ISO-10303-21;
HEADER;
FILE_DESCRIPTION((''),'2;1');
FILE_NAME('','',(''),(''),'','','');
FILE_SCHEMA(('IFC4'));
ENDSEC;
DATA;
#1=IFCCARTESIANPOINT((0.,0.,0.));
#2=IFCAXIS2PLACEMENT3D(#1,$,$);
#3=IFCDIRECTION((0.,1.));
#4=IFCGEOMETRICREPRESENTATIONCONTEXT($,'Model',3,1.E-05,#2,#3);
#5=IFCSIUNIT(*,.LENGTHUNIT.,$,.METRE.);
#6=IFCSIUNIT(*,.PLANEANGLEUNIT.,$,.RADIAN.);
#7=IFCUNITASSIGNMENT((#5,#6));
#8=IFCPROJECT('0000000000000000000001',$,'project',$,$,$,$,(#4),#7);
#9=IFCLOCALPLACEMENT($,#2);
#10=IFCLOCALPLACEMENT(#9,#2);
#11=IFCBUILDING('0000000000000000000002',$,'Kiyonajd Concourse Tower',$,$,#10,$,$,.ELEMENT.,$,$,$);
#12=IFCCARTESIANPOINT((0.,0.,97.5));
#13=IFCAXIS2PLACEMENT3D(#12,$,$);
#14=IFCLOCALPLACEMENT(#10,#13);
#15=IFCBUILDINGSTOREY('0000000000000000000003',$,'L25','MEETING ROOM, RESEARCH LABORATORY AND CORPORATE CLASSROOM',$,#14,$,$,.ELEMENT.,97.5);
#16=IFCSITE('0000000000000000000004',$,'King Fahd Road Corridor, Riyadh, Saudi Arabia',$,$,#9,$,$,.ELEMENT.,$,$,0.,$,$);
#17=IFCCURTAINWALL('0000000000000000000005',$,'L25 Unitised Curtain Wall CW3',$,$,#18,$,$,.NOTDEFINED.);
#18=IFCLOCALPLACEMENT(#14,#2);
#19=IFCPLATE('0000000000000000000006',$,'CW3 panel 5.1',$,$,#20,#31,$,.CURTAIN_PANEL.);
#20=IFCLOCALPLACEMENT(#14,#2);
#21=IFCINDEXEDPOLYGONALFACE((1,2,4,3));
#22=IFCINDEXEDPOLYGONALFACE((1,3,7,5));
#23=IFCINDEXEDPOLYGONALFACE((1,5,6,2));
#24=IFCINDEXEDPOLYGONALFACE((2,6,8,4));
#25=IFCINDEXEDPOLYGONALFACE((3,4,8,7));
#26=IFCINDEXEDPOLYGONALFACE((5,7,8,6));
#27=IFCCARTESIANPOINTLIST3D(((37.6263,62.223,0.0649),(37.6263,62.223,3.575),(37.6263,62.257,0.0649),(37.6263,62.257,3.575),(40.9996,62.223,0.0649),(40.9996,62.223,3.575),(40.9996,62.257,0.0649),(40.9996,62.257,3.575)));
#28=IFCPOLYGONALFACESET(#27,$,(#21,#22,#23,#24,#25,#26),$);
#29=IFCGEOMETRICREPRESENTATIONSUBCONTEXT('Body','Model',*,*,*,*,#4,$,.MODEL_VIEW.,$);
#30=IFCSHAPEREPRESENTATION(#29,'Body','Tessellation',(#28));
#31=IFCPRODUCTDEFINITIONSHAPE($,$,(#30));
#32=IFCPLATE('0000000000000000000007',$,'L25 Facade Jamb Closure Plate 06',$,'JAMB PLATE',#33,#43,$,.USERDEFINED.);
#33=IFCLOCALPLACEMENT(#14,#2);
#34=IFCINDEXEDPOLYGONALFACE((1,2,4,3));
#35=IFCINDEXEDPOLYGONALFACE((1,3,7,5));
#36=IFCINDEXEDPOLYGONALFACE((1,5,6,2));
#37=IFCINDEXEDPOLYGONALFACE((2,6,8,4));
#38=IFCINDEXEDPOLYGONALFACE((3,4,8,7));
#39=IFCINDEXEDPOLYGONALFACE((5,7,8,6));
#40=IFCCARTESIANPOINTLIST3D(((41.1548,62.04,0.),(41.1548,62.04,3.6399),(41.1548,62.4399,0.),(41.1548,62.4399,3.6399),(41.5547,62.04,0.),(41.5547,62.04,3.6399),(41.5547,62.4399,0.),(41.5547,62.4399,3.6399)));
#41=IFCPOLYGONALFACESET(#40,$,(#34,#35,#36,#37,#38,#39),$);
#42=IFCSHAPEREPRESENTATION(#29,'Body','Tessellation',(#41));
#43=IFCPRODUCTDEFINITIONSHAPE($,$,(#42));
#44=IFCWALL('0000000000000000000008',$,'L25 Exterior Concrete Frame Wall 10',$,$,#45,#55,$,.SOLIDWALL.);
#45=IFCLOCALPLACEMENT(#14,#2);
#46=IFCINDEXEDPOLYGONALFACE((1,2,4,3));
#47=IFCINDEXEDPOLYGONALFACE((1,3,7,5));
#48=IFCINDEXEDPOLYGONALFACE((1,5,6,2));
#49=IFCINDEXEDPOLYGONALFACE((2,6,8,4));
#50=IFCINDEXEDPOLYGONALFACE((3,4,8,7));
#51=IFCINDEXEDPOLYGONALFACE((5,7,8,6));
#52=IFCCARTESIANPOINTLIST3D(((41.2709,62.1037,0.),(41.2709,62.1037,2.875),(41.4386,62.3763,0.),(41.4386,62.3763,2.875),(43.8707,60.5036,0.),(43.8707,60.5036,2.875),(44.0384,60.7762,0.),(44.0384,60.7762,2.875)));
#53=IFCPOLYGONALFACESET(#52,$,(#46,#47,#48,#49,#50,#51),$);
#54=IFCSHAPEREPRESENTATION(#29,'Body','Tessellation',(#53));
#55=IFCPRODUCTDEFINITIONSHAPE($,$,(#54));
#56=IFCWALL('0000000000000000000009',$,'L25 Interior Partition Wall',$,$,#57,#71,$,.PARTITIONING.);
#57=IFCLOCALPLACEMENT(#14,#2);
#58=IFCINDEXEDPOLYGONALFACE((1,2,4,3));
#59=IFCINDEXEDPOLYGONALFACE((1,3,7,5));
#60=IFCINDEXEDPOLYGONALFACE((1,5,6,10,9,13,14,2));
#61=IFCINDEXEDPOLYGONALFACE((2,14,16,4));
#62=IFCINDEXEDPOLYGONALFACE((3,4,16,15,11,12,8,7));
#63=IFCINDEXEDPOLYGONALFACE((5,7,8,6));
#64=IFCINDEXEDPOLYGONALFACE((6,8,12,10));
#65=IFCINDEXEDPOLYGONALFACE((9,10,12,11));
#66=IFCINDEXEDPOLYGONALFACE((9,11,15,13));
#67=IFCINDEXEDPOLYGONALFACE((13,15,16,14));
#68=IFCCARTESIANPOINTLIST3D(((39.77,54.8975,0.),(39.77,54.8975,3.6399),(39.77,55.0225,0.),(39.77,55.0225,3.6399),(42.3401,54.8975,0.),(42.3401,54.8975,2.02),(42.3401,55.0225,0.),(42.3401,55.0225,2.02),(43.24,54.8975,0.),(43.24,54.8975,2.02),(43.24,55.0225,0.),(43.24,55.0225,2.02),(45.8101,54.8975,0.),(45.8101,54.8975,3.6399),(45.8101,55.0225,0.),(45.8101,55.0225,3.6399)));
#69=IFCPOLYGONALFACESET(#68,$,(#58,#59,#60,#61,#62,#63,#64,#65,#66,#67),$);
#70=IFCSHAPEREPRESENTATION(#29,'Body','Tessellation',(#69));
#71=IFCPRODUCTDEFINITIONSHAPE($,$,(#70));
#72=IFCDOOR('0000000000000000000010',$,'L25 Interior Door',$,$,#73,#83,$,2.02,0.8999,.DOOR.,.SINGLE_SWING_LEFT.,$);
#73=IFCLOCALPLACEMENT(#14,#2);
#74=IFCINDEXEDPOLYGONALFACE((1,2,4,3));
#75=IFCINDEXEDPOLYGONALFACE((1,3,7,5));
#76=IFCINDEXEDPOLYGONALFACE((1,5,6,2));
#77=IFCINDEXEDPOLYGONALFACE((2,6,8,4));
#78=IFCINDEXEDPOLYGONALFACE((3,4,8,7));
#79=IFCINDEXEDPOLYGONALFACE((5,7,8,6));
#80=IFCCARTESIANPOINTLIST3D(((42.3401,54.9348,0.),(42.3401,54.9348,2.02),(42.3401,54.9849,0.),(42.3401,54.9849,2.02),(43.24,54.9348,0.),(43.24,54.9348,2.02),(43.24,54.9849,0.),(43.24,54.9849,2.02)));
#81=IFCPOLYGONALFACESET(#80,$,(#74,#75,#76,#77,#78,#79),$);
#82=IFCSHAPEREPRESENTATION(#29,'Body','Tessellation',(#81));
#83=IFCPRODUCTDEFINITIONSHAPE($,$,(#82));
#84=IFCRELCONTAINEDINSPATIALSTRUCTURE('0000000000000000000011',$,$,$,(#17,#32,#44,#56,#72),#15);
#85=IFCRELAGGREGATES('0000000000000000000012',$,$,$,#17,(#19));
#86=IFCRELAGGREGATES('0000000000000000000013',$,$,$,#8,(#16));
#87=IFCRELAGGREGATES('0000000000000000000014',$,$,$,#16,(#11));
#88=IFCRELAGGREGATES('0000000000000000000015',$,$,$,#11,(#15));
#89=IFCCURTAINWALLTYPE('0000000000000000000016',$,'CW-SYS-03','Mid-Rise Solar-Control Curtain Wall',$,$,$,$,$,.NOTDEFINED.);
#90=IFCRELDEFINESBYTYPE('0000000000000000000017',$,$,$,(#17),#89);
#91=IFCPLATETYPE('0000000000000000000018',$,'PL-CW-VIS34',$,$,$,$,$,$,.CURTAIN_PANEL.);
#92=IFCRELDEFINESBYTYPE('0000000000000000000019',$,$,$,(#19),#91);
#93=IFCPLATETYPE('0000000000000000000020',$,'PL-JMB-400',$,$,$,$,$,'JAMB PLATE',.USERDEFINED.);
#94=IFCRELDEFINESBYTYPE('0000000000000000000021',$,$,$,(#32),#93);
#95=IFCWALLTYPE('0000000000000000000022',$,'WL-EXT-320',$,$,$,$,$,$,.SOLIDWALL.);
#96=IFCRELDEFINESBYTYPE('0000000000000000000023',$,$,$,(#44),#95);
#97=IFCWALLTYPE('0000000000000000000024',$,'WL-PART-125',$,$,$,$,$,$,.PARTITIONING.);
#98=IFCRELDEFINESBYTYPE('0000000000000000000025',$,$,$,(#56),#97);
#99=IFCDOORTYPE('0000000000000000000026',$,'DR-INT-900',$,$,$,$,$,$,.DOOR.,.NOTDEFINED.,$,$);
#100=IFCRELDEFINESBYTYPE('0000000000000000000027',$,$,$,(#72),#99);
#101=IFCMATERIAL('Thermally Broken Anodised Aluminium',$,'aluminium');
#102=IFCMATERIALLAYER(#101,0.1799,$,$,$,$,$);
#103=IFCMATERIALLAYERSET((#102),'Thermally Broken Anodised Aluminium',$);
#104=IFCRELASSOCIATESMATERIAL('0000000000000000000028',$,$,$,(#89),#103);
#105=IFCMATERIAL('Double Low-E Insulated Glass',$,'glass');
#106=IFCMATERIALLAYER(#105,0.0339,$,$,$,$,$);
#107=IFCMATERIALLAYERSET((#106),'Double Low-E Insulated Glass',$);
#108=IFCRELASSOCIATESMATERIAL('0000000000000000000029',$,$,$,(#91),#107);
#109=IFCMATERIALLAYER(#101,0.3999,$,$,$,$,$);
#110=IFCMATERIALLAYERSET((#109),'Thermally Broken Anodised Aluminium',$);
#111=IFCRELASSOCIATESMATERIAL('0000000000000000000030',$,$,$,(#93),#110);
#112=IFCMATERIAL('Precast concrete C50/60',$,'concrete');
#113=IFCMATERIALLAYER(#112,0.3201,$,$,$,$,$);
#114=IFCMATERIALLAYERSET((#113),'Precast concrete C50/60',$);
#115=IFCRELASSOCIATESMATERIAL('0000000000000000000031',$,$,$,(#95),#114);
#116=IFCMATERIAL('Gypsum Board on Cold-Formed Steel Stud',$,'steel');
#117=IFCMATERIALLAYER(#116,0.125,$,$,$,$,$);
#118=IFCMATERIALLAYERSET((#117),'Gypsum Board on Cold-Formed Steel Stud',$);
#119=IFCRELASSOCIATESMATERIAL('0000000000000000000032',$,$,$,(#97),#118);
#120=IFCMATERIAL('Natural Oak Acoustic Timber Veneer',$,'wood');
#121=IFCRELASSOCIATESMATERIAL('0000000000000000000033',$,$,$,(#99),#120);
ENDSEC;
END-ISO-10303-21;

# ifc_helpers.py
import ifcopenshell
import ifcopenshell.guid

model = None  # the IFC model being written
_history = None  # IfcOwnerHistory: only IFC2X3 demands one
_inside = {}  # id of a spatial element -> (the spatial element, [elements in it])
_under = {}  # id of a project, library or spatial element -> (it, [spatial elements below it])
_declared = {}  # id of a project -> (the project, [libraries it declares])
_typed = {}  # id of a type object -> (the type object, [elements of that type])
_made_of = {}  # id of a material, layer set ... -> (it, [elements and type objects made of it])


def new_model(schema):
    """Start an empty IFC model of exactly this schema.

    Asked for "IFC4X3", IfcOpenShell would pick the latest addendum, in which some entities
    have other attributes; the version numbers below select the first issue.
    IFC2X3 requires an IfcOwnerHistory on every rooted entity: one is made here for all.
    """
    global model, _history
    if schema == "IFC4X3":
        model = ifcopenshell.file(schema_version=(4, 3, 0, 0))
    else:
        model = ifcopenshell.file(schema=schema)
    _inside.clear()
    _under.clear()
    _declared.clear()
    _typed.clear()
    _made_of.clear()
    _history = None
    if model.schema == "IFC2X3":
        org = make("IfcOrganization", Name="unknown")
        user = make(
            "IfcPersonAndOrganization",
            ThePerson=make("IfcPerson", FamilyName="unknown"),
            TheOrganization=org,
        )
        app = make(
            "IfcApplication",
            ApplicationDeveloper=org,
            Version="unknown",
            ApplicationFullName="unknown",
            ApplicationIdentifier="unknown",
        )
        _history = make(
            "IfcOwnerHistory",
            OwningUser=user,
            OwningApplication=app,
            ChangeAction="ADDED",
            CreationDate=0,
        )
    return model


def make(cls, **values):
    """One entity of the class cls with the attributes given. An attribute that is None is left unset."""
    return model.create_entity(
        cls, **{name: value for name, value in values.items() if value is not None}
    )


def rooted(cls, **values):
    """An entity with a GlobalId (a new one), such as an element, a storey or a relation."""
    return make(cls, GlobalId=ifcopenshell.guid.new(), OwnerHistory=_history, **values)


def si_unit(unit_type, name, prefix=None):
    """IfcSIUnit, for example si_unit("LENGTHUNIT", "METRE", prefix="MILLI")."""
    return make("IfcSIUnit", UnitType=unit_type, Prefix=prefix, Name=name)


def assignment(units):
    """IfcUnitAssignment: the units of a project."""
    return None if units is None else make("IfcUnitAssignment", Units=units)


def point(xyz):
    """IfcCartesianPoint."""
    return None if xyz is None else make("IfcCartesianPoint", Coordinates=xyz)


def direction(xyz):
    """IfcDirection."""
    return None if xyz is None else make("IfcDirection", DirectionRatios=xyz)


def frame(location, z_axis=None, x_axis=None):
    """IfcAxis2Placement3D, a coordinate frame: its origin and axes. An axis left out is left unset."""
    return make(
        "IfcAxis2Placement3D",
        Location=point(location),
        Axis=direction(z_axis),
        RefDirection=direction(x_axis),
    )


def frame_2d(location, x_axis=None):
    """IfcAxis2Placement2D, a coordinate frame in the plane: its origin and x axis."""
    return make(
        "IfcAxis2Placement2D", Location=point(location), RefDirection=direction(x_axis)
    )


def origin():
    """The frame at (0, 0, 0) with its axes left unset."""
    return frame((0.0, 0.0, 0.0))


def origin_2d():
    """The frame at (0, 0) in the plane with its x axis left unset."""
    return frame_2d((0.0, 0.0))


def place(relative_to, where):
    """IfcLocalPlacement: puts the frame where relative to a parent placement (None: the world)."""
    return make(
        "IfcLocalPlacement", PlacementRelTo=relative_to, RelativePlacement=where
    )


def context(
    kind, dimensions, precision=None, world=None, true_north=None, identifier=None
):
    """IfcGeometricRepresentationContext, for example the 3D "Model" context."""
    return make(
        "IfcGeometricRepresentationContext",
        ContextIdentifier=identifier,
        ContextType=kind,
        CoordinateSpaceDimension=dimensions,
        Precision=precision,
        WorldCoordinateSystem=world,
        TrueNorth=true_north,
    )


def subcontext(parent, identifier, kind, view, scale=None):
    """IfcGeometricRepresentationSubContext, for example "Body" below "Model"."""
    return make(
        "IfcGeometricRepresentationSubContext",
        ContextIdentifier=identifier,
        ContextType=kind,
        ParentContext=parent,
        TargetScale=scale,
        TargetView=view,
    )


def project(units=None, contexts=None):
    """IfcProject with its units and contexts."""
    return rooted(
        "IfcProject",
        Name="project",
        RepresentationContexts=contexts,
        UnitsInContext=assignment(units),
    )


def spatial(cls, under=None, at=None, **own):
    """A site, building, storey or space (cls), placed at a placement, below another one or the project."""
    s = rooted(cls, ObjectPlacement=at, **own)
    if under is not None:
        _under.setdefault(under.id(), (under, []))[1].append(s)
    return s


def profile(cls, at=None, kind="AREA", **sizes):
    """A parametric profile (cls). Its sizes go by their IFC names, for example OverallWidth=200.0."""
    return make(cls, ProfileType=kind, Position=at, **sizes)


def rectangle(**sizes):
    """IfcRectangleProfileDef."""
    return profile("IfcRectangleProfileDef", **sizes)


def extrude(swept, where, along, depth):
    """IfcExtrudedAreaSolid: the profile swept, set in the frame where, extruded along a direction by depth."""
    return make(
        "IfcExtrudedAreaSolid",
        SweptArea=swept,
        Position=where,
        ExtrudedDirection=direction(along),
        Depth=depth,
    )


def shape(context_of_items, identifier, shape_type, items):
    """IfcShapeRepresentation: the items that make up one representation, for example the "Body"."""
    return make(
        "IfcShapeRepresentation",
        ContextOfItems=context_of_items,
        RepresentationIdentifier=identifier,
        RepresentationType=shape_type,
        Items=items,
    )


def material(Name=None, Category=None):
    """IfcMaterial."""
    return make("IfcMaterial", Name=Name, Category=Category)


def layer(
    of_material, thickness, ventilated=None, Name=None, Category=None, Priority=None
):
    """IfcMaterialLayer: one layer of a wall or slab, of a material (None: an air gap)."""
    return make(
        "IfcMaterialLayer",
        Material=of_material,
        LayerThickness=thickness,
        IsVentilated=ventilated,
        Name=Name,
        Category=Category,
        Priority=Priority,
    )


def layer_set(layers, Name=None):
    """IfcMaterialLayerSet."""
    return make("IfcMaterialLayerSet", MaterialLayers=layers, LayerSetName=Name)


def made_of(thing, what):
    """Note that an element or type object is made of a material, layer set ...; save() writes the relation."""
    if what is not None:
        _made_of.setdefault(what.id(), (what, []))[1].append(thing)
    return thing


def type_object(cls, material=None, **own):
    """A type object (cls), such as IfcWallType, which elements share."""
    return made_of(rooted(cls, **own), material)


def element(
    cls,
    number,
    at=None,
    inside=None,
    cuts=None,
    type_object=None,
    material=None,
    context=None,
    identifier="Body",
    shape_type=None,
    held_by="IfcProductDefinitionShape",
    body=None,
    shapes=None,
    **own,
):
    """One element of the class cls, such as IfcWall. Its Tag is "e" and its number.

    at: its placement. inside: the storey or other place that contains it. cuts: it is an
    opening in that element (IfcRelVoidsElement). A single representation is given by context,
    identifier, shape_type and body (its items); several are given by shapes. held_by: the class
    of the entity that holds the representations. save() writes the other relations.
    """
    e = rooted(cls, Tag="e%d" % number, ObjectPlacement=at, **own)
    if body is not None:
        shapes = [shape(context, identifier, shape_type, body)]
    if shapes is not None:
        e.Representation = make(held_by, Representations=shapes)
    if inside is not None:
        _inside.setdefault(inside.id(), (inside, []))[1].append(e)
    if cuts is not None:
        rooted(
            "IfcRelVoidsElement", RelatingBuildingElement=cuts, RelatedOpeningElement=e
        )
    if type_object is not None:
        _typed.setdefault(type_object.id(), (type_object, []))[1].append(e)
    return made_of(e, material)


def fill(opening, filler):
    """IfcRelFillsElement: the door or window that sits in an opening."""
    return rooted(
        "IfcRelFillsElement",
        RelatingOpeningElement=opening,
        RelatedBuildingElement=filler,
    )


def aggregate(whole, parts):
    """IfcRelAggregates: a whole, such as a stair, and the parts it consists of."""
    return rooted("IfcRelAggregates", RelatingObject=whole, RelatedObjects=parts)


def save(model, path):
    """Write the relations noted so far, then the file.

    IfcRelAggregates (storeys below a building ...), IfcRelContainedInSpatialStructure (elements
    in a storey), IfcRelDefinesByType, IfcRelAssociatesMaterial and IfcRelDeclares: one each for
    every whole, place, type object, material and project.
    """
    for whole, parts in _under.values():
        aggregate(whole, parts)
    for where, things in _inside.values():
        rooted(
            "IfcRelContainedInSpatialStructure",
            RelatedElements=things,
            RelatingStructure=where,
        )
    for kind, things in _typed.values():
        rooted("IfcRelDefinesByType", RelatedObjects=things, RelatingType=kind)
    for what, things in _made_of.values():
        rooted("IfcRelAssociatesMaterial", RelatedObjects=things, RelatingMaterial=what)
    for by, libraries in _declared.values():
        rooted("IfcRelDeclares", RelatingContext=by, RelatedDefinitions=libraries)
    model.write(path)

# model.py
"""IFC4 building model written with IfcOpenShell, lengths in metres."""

from ifc_helpers import new_model, si_unit, direction, frame, frame_2d, origin, origin_2d, place, context, subcontext, project, spatial, rectangle, extrude, material, layer, layer_set, type_object, element, fill, aggregate, save


model = new_model("IFC4")

# Units and contexts
model_context = context("Model", 3, precision=1e-05, world=origin(), true_north=direction((0.0, 1.0)))
body_context = subcontext(model_context, "Body", "Model", "MODEL_VIEW")
ifc_project = project(units=[si_unit("LENGTHUNIT", "METRE"), si_unit("PLANEANGLEUNIT", "RADIAN")], contexts=[model_context])

# Site, building, storey
site_placement = place(None, origin())
site = spatial("IfcSite", under=ifc_project, at=site_placement, Name="King Fahd Road Corridor, Riyadh, Saudi Arabia", CompositionType="ELEMENT", RefElevation=0.0)
building_placement = place(site_placement, origin())
building = spatial("IfcBuilding", under=site, at=building_placement, Name="Kiyonajd Concourse Tower", CompositionType="ELEMENT")
storey_placement = place(building_placement, frame((0.0, 0.0, 97.5)))
storey = spatial("IfcBuildingStorey", under=building, at=storey_placement, Name="L25", Description="MEETING ROOM, RESEARCH LABORATORY AND CORPORATE CLASSROOM", CompositionType="ELEMENT", Elevation=97.5)

# Shared definitions
ifc_material_1 = material(Name="Precast concrete C50/60", Category="concrete")

# Curtain wall, plate
ifc_material_2 = material(Name="Thermally Broken Anodised Aluminium", Category="aluminium")
ifc_layer_1 = layer(ifc_material_2, 0.1799)
ifc_layer_set_1 = layer_set([ifc_layer_1], Name="Thermally Broken Anodised Aluminium")
curtain_wall_type = type_object("IfcCurtainWallType", Name="CW-SYS-03", Description="Mid-Rise Solar-Control Curtain Wall", PredefinedType="NOTDEFINED", material=ifc_layer_set_1)
curtain_wall_placement = place(storey_placement, origin())
curtain_wall = element("IfcCurtainWall", 1, at=curtain_wall_placement, inside=storey, type_object=curtain_wall_type, Name="L25 Unitised Curtain Wall CW3", PredefinedType="NOTDEFINED")
ifc_material_3 = material(Name="Double Low-E Insulated Glass", Category="glass")
ifc_layer_2 = layer(ifc_material_3, 0.0339)
ifc_layer_set_2 = layer_set([ifc_layer_2], Name="Double Low-E Insulated Glass")
plate_type_1 = type_object("IfcPlateType", Name="PL-CW-VIS34", PredefinedType="CURTAIN_PANEL", material=ifc_layer_set_2)
plate_1_placement = place(storey_placement, frame((39.313, 62.24, 0.0649), z_axis=(0.0, 0.0, 1.0), x_axis=(1.0, 0.0, 0.0)))
plate_1 = element("IfcPlate", 2, at=plate_1_placement, type_object=plate_type_1, Name="CW3 panel 5.1", PredefinedType="CURTAIN_PANEL", context=body_context, shape_type="SweptSolid", body=[
    extrude(rectangle(XDim=3.3733, YDim=0.0339, at=origin_2d()), origin(), (0.0, 0.0, 1.0), 3.51),
])
aggregate(curtain_wall, [plate_1])

# Plate
ifc_layer_3 = layer(ifc_material_2, 0.3999)
ifc_layer_set_3 = layer_set([ifc_layer_3], Name="Thermally Broken Anodised Aluminium")
plate_type_2 = type_object("IfcPlateType", Name="PL-JMB-400", ElementType="JAMB PLATE", PredefinedType="USERDEFINED", material=ifc_layer_set_3)
plate_2_placement = place(storey_placement, frame((41.3547, 62.24, 0.0), z_axis=(0.0, 0.0, 1.0), x_axis=(1.0, 0.0, 0.0)))
element("IfcPlate", 3, at=plate_2_placement, inside=storey, type_object=plate_type_2, Name="L25 Facade Jamb Closure Plate 06", ObjectType="JAMB PLATE", PredefinedType="USERDEFINED", context=body_context, shape_type="SweptSolid", body=[
    extrude(rectangle(XDim=0.3999, YDim=0.3999, at=origin_2d()), origin(), (0.0, 0.0, 1.0), 3.6399),
])

# Wall
ifc_layer_4 = layer(ifc_material_1, 0.3201)
ifc_layer_set_4 = layer_set([ifc_layer_4], Name="Precast concrete C50/60")
wall_type_1 = type_object("IfcWallType", Name="WL-EXT-320", PredefinedType="SOLIDWALL", material=ifc_layer_set_4)
wall_1_placement = place(storey_placement, frame((41.3547, 62.24, 0.0), z_axis=(0.0, 0.0, 1.0), x_axis=(0.851631, -0.524142, 0.0)))
element("IfcWall", 4, at=wall_1_placement, inside=storey, type_object=wall_type_1, Name="L25 Exterior Concrete Frame Wall 10", PredefinedType="SOLIDWALL", context=body_context, shape_type="SweptSolid", body=[
    extrude(rectangle(XDim=3.0527, YDim=0.3201, at=frame_2d((1.5264, 0.0))), origin(), (0.0, 0.0, 1.0), 2.875),
])

# Wall, opening, door
ifc_material_4 = material(Name="Gypsum Board on Cold-Formed Steel Stud", Category="steel")
ifc_layer_5 = layer(ifc_material_4, 0.125)
ifc_layer_set_5 = layer_set([ifc_layer_5], Name="Gypsum Board on Cold-Formed Steel Stud")
wall_type_2 = type_object("IfcWallType", Name="WL-PART-125", PredefinedType="PARTITIONING", material=ifc_layer_set_5)
wall_2_placement = place(storey_placement, frame((39.77, 54.96, 0.0), z_axis=(0.0, 0.0, 1.0), x_axis=(1.0, 0.0, 0.0)))
wall_2 = element("IfcWall", 5, at=wall_2_placement, inside=storey, type_object=wall_type_2, Name="L25 Interior Partition Wall", PredefinedType="PARTITIONING", context=body_context, shape_type="SweptSolid", body=[
    extrude(rectangle(XDim=6.04, YDim=0.125, at=frame_2d((3.02, 0.0))), origin(), (0.0, 0.0, 1.0), 3.6399),
])
opening_placement = place(wall_2_placement, frame((2.5701, 0.0, 0.0)))
opening = element("IfcOpeningElement", 6, at=opening_placement, cuts=wall_2, PredefinedType="OPENING", context=body_context, shape_type="SweptSolid", body=[
    extrude(rectangle(XDim=0.8999, YDim=2.02, at=frame_2d((0.45, 1.01))), frame((0.0, 0.0725, 0.0), z_axis=(0.0, -1.0, 0.0), x_axis=(1.0, 0.0, 0.0)), (0.0, 0.0, 1.0), 0.145),
])
ifc_material_5 = material(Name="Natural Oak Acoustic Timber Veneer", Category="wood")
door_type = type_object("IfcDoorType", Name="DR-INT-900", OperationType="NOTDEFINED", PredefinedType="DOOR", material=ifc_material_5)
door_placement = place(opening_placement, origin())
door = element("IfcDoor", 7, at=door_placement, inside=storey, type_object=door_type, Name="L25 Interior Door", OperationType="SINGLE_SWING_LEFT", OverallHeight=2.02, OverallWidth=0.8999, PredefinedType="DOOR", context=body_context, shape_type="SweptSolid", body=[
    extrude(rectangle(XDim=0.8999, YDim=2.02, at=frame_2d((0.45, 1.01))), frame((0.0, 0.0249, 0.0), z_axis=(0.0, -1.0, 0.0), x_axis=(1.0, 0.0, 0.0)), (0.0, 0.0, 1.0), 0.05),
])
fill(opening, door)

save(model, "model.ifc")
